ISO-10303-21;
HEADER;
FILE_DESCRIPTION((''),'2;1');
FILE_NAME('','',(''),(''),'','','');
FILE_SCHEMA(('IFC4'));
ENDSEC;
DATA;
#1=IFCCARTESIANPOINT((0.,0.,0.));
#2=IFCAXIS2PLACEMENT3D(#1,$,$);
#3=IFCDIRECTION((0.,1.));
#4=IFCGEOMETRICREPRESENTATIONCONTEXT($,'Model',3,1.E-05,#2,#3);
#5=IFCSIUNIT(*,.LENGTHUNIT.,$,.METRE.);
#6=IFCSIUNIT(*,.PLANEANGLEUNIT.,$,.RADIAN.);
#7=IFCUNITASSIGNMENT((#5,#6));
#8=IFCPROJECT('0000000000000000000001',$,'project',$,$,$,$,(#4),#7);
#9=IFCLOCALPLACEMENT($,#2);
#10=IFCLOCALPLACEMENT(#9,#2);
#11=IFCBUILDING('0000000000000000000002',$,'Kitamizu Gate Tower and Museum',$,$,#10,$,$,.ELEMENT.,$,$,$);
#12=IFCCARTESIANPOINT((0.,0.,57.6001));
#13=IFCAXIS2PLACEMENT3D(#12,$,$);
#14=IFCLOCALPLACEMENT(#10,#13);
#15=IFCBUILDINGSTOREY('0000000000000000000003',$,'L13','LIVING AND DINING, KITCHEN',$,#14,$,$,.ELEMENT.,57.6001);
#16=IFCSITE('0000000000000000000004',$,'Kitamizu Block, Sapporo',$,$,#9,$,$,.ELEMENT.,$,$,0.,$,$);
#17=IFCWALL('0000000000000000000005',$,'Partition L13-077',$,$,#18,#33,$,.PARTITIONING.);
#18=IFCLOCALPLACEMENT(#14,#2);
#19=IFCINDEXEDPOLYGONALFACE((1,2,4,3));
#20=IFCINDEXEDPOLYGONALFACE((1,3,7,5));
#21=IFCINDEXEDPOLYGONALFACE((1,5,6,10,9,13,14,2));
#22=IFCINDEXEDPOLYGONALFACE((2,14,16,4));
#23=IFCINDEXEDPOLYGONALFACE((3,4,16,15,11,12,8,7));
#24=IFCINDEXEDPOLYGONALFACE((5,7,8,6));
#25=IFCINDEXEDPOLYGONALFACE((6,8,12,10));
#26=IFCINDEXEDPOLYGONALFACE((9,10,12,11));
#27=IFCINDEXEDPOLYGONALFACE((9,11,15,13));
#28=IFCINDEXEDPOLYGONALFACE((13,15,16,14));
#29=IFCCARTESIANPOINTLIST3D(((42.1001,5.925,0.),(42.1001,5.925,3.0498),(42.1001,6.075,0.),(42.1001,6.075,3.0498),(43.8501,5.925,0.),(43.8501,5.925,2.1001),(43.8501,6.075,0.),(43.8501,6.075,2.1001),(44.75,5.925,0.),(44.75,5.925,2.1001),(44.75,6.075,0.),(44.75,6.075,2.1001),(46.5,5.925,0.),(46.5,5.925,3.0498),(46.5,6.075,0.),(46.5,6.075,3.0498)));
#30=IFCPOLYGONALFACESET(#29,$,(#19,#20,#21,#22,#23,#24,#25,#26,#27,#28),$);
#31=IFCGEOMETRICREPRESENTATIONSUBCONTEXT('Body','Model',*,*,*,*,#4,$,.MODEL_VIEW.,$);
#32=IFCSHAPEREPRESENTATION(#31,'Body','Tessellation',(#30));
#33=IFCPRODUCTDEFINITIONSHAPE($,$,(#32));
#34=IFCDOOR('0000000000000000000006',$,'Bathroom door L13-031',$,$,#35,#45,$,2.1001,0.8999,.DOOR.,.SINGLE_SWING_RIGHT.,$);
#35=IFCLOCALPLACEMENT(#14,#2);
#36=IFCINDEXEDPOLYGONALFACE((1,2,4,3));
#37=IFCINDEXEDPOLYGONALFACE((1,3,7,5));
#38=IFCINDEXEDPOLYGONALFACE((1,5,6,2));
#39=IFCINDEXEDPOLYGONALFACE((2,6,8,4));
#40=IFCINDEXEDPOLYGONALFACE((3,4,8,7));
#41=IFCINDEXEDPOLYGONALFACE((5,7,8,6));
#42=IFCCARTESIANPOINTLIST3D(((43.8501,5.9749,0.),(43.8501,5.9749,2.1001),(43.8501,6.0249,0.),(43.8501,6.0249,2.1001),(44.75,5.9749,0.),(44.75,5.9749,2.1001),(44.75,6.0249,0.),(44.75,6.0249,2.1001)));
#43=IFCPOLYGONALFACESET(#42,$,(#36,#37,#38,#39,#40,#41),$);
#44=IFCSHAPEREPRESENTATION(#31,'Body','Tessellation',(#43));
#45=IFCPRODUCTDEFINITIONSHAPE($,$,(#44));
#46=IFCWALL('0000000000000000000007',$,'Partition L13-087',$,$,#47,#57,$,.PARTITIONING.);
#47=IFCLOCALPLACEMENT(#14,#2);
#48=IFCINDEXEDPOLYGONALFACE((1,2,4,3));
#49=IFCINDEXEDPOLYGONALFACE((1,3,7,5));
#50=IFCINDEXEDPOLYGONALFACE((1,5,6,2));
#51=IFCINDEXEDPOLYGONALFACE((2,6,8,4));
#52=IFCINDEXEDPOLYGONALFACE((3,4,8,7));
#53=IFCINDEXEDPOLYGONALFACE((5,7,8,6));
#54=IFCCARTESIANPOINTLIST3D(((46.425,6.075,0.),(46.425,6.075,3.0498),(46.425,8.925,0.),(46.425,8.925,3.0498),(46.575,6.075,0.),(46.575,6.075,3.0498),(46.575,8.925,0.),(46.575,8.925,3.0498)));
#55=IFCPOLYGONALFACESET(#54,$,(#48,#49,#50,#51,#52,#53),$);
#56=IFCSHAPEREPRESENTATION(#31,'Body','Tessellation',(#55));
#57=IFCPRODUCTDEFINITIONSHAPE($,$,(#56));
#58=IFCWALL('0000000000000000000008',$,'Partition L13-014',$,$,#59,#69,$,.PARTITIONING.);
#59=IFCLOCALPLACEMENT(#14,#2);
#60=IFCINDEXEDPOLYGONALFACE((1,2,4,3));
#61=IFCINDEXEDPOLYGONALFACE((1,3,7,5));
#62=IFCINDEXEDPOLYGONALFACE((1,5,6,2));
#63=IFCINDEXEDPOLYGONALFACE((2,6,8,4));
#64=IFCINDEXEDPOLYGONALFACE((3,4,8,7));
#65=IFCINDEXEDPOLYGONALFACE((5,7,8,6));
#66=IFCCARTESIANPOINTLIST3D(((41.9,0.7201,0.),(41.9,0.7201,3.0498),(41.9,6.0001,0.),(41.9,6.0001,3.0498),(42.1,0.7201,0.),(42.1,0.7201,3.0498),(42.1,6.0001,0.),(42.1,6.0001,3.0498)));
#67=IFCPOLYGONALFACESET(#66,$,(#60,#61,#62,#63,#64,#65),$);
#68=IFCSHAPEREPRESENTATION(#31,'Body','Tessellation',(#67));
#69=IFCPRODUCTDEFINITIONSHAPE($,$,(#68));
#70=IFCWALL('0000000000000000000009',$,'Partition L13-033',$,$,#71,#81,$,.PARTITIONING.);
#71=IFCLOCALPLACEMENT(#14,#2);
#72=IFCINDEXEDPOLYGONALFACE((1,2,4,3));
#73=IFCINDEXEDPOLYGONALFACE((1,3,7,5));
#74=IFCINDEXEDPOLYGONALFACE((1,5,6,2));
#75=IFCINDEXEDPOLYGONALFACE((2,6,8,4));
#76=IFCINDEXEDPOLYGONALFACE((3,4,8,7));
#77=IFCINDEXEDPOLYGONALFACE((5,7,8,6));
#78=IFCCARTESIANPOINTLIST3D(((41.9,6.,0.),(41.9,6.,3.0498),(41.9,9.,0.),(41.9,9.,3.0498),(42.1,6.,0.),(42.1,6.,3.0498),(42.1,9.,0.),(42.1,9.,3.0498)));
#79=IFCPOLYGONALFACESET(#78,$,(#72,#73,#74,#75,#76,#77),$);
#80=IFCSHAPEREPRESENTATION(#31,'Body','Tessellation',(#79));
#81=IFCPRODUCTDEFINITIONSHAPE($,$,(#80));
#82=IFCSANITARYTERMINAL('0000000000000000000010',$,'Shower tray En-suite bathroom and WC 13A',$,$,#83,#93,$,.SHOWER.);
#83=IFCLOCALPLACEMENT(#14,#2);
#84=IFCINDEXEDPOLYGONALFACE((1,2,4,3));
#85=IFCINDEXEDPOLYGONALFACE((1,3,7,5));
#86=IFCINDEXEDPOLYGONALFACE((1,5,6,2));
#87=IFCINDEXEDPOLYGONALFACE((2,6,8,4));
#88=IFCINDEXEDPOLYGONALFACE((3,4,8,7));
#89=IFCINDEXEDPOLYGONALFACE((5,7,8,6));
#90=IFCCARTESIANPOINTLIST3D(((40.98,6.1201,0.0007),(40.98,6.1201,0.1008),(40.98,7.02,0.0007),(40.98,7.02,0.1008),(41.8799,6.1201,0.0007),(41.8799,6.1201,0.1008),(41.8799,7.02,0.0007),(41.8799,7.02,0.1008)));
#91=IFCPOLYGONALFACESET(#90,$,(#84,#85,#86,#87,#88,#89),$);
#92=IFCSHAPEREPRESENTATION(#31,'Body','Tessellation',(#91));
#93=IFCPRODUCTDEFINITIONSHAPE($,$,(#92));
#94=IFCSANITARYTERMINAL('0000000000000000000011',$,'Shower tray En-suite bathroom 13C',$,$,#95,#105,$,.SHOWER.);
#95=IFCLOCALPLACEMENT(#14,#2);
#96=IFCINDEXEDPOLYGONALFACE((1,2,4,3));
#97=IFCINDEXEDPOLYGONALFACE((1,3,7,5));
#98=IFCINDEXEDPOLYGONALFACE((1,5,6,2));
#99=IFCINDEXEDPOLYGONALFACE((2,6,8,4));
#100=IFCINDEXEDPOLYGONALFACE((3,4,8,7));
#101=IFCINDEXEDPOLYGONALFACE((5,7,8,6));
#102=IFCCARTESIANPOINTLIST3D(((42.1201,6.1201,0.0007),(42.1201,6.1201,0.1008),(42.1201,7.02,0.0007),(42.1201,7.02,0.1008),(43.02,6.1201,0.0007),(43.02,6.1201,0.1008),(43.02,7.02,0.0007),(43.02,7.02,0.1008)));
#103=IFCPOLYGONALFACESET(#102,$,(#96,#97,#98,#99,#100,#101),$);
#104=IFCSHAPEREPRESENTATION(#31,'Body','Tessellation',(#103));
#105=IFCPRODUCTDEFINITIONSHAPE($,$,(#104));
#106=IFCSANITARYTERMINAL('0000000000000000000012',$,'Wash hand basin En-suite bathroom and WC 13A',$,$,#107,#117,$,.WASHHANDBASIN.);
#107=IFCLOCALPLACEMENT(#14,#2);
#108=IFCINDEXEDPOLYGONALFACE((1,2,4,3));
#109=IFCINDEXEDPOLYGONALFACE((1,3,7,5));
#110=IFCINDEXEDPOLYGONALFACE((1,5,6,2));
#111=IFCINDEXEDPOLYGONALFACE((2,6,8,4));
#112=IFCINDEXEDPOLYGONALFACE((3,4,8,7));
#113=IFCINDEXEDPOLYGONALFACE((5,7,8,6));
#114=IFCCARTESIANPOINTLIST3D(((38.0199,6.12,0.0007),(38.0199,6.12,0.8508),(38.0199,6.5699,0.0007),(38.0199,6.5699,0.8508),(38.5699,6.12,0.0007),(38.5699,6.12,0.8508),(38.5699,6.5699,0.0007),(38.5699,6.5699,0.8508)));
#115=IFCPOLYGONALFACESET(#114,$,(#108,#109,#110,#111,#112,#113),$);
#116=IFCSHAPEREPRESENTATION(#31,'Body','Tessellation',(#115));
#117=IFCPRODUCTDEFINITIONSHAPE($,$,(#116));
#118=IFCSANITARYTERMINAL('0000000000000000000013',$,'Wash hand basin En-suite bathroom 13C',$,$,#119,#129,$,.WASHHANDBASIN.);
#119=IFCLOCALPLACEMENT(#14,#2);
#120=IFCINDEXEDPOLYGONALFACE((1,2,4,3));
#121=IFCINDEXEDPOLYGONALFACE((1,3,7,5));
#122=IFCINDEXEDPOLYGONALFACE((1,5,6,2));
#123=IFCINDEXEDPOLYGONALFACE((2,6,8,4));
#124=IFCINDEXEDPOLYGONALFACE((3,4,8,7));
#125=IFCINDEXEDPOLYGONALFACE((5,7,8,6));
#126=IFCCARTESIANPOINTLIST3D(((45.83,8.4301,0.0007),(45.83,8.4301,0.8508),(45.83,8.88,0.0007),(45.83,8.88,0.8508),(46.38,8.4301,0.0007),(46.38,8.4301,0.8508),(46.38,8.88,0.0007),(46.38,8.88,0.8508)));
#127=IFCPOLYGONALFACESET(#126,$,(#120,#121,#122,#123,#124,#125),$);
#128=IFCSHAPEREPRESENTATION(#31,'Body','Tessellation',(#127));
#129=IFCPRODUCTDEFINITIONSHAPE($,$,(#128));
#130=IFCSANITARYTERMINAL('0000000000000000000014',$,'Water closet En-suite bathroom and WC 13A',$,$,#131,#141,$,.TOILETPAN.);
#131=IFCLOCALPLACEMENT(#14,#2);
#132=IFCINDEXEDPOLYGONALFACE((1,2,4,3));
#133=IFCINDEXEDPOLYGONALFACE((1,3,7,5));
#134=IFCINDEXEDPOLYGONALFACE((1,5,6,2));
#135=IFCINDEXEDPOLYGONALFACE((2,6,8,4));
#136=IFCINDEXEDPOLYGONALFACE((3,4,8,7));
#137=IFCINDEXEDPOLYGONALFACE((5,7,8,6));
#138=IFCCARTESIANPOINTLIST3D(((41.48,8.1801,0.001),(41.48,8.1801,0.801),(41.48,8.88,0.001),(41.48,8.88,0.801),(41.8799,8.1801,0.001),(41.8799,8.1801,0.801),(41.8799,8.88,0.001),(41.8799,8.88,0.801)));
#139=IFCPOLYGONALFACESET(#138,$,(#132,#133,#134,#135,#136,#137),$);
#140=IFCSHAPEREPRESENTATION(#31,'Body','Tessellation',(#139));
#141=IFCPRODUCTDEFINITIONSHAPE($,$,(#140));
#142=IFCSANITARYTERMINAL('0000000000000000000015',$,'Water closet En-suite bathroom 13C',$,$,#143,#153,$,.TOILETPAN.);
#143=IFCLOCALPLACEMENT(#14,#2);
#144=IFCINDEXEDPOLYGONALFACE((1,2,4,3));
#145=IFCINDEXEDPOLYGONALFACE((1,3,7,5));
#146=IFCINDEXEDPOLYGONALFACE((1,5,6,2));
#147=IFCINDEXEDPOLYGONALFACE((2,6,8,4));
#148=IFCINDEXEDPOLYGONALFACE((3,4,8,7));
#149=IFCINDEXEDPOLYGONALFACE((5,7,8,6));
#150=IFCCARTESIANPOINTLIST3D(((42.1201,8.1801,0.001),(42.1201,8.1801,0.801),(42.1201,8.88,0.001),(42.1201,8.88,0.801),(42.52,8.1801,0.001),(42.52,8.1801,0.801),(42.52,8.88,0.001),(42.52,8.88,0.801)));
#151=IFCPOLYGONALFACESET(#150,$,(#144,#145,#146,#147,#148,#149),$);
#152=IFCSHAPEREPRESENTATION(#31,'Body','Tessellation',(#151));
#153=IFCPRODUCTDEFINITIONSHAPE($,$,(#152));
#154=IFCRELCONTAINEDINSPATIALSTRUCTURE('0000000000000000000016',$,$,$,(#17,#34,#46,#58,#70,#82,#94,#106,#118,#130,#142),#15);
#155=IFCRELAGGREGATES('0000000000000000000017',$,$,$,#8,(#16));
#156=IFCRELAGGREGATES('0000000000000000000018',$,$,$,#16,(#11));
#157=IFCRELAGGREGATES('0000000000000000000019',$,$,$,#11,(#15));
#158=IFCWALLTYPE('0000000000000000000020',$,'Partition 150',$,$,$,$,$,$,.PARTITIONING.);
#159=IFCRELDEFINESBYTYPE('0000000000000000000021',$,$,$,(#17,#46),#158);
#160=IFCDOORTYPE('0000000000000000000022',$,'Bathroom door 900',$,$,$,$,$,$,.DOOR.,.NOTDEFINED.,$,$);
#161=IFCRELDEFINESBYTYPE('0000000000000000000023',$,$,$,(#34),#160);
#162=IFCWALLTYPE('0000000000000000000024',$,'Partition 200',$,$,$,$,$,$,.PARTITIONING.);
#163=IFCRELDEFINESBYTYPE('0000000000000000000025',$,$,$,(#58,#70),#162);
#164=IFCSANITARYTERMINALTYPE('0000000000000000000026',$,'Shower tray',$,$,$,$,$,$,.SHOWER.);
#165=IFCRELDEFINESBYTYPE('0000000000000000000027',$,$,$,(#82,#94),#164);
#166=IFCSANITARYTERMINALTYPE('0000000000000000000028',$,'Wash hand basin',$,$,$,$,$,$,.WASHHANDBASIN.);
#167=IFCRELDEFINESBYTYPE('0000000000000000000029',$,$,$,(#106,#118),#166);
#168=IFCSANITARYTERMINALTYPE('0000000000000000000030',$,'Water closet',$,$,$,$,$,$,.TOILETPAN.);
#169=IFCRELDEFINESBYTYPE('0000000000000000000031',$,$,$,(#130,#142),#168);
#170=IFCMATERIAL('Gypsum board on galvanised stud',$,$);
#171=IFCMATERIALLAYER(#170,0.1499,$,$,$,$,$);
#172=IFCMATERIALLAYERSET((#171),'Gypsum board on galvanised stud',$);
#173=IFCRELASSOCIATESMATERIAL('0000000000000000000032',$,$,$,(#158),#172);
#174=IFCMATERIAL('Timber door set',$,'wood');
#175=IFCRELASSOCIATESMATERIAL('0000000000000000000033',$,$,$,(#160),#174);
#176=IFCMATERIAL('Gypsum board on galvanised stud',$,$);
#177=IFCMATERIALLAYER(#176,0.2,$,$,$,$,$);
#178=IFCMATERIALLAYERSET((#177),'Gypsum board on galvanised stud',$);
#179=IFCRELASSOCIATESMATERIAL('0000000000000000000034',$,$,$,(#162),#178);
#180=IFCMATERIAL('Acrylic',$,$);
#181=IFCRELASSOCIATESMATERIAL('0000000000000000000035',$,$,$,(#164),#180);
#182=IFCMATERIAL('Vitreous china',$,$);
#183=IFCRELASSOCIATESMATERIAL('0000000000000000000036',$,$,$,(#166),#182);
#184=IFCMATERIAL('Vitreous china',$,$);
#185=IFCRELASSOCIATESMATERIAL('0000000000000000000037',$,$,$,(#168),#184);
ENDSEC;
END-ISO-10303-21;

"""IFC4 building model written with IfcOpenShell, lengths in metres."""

from ifc_helpers import new_model, si_unit, direction, frame, frame_2d, origin, origin_2d, place, context, subcontext, project, spatial, rectangle, extrude, material, layer, layer_set, type_object, element, fill, save


model = new_model("IFC4")

# Units and contexts
model_context = context("Model", 3, precision=1e-05, world=origin(), true_north=direction((0.0, 1.0)))
body_context = subcontext(model_context, "Body", "Model", "MODEL_VIEW")
ifc_project = project(units=[si_unit("LENGTHUNIT", "METRE"), si_unit("PLANEANGLEUNIT", "RADIAN")], contexts=[model_context])

# Site, building, storey
site_placement = place(None, origin())
site = spatial("IfcSite", under=ifc_project, at=site_placement, Name="Kitamizu Block, Sapporo", CompositionType="ELEMENT", RefElevation=0.0)
building_placement = place(site_placement, origin())
building = spatial("IfcBuilding", under=site, at=building_placement, Name="Kitamizu Gate Tower and Museum", CompositionType="ELEMENT")
storey_placement = place(building_placement, frame((0.0, 0.0, 57.6001)))
storey = spatial("IfcBuildingStorey", under=building, at=storey_placement, Name="L13", Description="LIVING AND DINING, KITCHEN", CompositionType="ELEMENT", Elevation=57.6001)

# Shared definitions
ifc_material_1 = material(Name="Gypsum board on galvanised stud")
ifc_layer_1 = layer(ifc_material_1, 0.1499)
ifc_layer_set_1 = layer_set([ifc_layer_1], Name="Gypsum board on galvanised stud")
wall_type_1 = type_object("IfcWallType", Name="Partition 150", PredefinedType="PARTITIONING", material=ifc_layer_set_1)

# Shared definitions
ifc_material_2 = material(Name="Timber door set", Category="wood")
door_type_1 = type_object("IfcDoorType", Name="Bathroom door 900", OperationType="NOTDEFINED", PredefinedType="DOOR", material=ifc_material_2)

# Wall, opening, door
wall_1_placement = place(storey_placement, frame((46.5, 6.0, 0.0), z_axis=(0.0, 0.0, 1.0), x_axis=(-1.0, 0.0, 0.0)))
wall_1 = element("IfcWall", 1, at=wall_1_placement, inside=storey, type_object=wall_type_1, Name="Partition L13-077", PredefinedType="PARTITIONING", context=body_context, shape_type="SweptSolid", body=[
    extrude(rectangle(XDim=4.3999, YDim=0.1499, at=frame_2d((2.2, 0.0))), origin(), (0.0, 0.0, 1.0), 3.0498),
])
opening_1_placement = place(wall_1_placement, frame((1.75, 0.0, 0.0)))
opening_1 = element("IfcOpeningElement", 2, at=opening_1_placement, cuts=wall_1, PredefinedType="OPENING", context=body_context, shape_type="SweptSolid", body=[
    extrude(rectangle(XDim=0.8999, YDim=2.1001, at=frame_2d((0.45, 1.05))), frame((0.0, 0.085, 0.0), z_axis=(0.0, -1.0, 0.0), x_axis=(1.0, 0.0, 0.0)), (0.0, 0.0, 1.0), 0.1699),
])
door_1_placement = place(opening_1_placement, frame((0.8999, 0.0, 0.0), x_axis=(-1.0, 0.0, 0.0)))
door_1 = element("IfcDoor", 3, at=door_1_placement, inside=storey, type_object=door_type_1, Name="Bathroom door L13-031", OperationType="SINGLE_SWING_RIGHT", OverallHeight=2.1001, OverallWidth=0.8999, PredefinedType="DOOR", context=body_context, shape_type="SweptSolid", body=[
    extrude(rectangle(XDim=0.8999, YDim=2.1001, at=frame_2d((0.45, 1.05))), frame((0.0, 0.0249, 0.0), z_axis=(0.0, -1.0, 0.0), x_axis=(1.0, 0.0, 0.0)), (0.0, 0.0, 1.0), 0.05),
])
fill(opening_1, door_1)

# Walls
wall_2_placement = place(storey_placement, frame((46.5, 6.075, 0.0), z_axis=(0.0, 0.0, 1.0), x_axis=(0.0, 1.0, 0.0)))
element("IfcWall", 4, at=wall_2_placement, inside=storey, type_object=wall_type_1, Name="Partition L13-087", PredefinedType="PARTITIONING", context=body_context, shape_type="SweptSolid", body=[
    extrude(rectangle(XDim=2.8501, YDim=0.1499, at=frame_2d((1.425, 0.0))), origin(), (0.0, 0.0, 1.0), 3.0498),
])
ifc_material_3 = material(Name="Gypsum board on galvanised stud")
ifc_layer_2 = layer(ifc_material_3, 0.2)
ifc_layer_set_2 = layer_set([ifc_layer_2], Name="Gypsum board on galvanised stud")
wall_type_2 = type_object("IfcWallType", Name="Partition 200", PredefinedType="PARTITIONING", material=ifc_layer_set_2)
wall_3_placement = place(storey_placement, frame((42.0, 0.72, 0.0), z_axis=(0.0, 0.0, 1.0), x_axis=(0.0, 1.0, 0.0)))
element("IfcWall", 5, at=wall_3_placement, inside=storey, type_object=wall_type_2, Name="Partition L13-014", PredefinedType="PARTITIONING", context=body_context, shape_type="SweptSolid", body=[
    extrude(rectangle(XDim=5.28, YDim=0.2, at=frame_2d((2.6401, 0.0))), origin(), (0.0, 0.0, 1.0), 3.0498),
])
wall_4_placement = place(storey_placement, frame((42.0, 6.0, 0.0), z_axis=(0.0, 0.0, 1.0), x_axis=(0.0, 1.0, 0.0)))
element("IfcWall", 6, at=wall_4_placement, inside=storey, type_object=wall_type_2, Name="Partition L13-033", PredefinedType="PARTITIONING", context=body_context, shape_type="SweptSolid", body=[
    extrude(rectangle(XDim=3.0, YDim=0.2, at=frame_2d((1.5, 0.0))), origin(), (0.0, 0.0, 1.0), 3.0498),
])

# Sanitary terminals
ifc_material_4 = material(Name="Acrylic")
sanitary_terminal_type_1 = type_object("IfcSanitaryTerminalType", Name="Shower tray", PredefinedType="SHOWER", material=ifc_material_4)
for number, where, z_axis, x_axis, name in (
    (7, (41.4299, 6.5701, 0.0007), (0.0, 0.0, 1.0), (1.0, 0.0, 0.0), "Shower tray En-suite bathroom and WC 13A"),
    (8, (42.5701, 6.5701, 0.0007), (0.0, 0.0, 1.0), (1.0, 0.0, 0.0), "Shower tray En-suite bathroom 13C"),
):
    element("IfcSanitaryTerminal", number, at=place(storey_placement, frame(where, z_axis=z_axis, x_axis=x_axis)), inside=storey, type_object=sanitary_terminal_type_1, Name=name, PredefinedType="SHOWER", context=body_context, shape_type="SweptSolid", body=[
        extrude(rectangle(XDim=0.8999, YDim=0.8999, at=origin_2d()), origin(), (0.0, 0.0, 1.0), 0.1001),
    ])
ifc_material_5 = material(Name="Vitreous china")
sanitary_terminal_type_2 = type_object("IfcSanitaryTerminalType", Name="Wash hand basin", PredefinedType="WASHHANDBASIN", material=ifc_material_5)
for number, where, z_axis, x_axis, name in (
    (9, (38.2949, 6.345, 0.0007), (0.0, 0.0, 1.0), (1.0, 0.0, 0.0), "Wash hand basin En-suite bathroom and WC 13A"),
    (10, (46.105, 8.655, 0.0007), (0.0, 0.0, 1.0), (1.0, 0.0, 0.0), "Wash hand basin En-suite bathroom 13C"),
):
    element("IfcSanitaryTerminal", number, at=place(storey_placement, frame(where, z_axis=z_axis, x_axis=x_axis)), inside=storey, type_object=sanitary_terminal_type_2, Name=name, PredefinedType="WASHHANDBASIN", context=body_context, shape_type="SweptSolid", body=[
        extrude(rectangle(XDim=0.55, YDim=0.45, at=origin_2d()), origin(), (0.0, 0.0, 1.0), 0.8501),
    ])
ifc_material_6 = material(Name="Vitreous china")
sanitary_terminal_type_3 = type_object("IfcSanitaryTerminalType", Name="Water closet", PredefinedType="TOILETPAN", material=ifc_material_6)
for number, where, z_axis, x_axis, name in (
    (11, (41.6799, 8.53, 0.001), (0.0, 0.0, 1.0), (1.0, 0.0, 0.0), "Water closet En-suite bathroom and WC 13A"),
    (12, (42.3201, 8.53, 0.001), (0.0, 0.0, 1.0), (1.0, 0.0, 0.0), "Water closet En-suite bathroom 13C"),
):
    element("IfcSanitaryTerminal", number, at=place(storey_placement, frame(where, z_axis=z_axis, x_axis=x_axis)), inside=storey, type_object=sanitary_terminal_type_3, Name=name, PredefinedType="TOILETPAN", context=body_context, shape_type="SweptSolid", body=[
        extrude(rectangle(XDim=0.3999, YDim=0.7, at=origin_2d()), origin(), (0.0, 0.0, 1.0), 0.8),
    ])

save(model, "model.ifc")
